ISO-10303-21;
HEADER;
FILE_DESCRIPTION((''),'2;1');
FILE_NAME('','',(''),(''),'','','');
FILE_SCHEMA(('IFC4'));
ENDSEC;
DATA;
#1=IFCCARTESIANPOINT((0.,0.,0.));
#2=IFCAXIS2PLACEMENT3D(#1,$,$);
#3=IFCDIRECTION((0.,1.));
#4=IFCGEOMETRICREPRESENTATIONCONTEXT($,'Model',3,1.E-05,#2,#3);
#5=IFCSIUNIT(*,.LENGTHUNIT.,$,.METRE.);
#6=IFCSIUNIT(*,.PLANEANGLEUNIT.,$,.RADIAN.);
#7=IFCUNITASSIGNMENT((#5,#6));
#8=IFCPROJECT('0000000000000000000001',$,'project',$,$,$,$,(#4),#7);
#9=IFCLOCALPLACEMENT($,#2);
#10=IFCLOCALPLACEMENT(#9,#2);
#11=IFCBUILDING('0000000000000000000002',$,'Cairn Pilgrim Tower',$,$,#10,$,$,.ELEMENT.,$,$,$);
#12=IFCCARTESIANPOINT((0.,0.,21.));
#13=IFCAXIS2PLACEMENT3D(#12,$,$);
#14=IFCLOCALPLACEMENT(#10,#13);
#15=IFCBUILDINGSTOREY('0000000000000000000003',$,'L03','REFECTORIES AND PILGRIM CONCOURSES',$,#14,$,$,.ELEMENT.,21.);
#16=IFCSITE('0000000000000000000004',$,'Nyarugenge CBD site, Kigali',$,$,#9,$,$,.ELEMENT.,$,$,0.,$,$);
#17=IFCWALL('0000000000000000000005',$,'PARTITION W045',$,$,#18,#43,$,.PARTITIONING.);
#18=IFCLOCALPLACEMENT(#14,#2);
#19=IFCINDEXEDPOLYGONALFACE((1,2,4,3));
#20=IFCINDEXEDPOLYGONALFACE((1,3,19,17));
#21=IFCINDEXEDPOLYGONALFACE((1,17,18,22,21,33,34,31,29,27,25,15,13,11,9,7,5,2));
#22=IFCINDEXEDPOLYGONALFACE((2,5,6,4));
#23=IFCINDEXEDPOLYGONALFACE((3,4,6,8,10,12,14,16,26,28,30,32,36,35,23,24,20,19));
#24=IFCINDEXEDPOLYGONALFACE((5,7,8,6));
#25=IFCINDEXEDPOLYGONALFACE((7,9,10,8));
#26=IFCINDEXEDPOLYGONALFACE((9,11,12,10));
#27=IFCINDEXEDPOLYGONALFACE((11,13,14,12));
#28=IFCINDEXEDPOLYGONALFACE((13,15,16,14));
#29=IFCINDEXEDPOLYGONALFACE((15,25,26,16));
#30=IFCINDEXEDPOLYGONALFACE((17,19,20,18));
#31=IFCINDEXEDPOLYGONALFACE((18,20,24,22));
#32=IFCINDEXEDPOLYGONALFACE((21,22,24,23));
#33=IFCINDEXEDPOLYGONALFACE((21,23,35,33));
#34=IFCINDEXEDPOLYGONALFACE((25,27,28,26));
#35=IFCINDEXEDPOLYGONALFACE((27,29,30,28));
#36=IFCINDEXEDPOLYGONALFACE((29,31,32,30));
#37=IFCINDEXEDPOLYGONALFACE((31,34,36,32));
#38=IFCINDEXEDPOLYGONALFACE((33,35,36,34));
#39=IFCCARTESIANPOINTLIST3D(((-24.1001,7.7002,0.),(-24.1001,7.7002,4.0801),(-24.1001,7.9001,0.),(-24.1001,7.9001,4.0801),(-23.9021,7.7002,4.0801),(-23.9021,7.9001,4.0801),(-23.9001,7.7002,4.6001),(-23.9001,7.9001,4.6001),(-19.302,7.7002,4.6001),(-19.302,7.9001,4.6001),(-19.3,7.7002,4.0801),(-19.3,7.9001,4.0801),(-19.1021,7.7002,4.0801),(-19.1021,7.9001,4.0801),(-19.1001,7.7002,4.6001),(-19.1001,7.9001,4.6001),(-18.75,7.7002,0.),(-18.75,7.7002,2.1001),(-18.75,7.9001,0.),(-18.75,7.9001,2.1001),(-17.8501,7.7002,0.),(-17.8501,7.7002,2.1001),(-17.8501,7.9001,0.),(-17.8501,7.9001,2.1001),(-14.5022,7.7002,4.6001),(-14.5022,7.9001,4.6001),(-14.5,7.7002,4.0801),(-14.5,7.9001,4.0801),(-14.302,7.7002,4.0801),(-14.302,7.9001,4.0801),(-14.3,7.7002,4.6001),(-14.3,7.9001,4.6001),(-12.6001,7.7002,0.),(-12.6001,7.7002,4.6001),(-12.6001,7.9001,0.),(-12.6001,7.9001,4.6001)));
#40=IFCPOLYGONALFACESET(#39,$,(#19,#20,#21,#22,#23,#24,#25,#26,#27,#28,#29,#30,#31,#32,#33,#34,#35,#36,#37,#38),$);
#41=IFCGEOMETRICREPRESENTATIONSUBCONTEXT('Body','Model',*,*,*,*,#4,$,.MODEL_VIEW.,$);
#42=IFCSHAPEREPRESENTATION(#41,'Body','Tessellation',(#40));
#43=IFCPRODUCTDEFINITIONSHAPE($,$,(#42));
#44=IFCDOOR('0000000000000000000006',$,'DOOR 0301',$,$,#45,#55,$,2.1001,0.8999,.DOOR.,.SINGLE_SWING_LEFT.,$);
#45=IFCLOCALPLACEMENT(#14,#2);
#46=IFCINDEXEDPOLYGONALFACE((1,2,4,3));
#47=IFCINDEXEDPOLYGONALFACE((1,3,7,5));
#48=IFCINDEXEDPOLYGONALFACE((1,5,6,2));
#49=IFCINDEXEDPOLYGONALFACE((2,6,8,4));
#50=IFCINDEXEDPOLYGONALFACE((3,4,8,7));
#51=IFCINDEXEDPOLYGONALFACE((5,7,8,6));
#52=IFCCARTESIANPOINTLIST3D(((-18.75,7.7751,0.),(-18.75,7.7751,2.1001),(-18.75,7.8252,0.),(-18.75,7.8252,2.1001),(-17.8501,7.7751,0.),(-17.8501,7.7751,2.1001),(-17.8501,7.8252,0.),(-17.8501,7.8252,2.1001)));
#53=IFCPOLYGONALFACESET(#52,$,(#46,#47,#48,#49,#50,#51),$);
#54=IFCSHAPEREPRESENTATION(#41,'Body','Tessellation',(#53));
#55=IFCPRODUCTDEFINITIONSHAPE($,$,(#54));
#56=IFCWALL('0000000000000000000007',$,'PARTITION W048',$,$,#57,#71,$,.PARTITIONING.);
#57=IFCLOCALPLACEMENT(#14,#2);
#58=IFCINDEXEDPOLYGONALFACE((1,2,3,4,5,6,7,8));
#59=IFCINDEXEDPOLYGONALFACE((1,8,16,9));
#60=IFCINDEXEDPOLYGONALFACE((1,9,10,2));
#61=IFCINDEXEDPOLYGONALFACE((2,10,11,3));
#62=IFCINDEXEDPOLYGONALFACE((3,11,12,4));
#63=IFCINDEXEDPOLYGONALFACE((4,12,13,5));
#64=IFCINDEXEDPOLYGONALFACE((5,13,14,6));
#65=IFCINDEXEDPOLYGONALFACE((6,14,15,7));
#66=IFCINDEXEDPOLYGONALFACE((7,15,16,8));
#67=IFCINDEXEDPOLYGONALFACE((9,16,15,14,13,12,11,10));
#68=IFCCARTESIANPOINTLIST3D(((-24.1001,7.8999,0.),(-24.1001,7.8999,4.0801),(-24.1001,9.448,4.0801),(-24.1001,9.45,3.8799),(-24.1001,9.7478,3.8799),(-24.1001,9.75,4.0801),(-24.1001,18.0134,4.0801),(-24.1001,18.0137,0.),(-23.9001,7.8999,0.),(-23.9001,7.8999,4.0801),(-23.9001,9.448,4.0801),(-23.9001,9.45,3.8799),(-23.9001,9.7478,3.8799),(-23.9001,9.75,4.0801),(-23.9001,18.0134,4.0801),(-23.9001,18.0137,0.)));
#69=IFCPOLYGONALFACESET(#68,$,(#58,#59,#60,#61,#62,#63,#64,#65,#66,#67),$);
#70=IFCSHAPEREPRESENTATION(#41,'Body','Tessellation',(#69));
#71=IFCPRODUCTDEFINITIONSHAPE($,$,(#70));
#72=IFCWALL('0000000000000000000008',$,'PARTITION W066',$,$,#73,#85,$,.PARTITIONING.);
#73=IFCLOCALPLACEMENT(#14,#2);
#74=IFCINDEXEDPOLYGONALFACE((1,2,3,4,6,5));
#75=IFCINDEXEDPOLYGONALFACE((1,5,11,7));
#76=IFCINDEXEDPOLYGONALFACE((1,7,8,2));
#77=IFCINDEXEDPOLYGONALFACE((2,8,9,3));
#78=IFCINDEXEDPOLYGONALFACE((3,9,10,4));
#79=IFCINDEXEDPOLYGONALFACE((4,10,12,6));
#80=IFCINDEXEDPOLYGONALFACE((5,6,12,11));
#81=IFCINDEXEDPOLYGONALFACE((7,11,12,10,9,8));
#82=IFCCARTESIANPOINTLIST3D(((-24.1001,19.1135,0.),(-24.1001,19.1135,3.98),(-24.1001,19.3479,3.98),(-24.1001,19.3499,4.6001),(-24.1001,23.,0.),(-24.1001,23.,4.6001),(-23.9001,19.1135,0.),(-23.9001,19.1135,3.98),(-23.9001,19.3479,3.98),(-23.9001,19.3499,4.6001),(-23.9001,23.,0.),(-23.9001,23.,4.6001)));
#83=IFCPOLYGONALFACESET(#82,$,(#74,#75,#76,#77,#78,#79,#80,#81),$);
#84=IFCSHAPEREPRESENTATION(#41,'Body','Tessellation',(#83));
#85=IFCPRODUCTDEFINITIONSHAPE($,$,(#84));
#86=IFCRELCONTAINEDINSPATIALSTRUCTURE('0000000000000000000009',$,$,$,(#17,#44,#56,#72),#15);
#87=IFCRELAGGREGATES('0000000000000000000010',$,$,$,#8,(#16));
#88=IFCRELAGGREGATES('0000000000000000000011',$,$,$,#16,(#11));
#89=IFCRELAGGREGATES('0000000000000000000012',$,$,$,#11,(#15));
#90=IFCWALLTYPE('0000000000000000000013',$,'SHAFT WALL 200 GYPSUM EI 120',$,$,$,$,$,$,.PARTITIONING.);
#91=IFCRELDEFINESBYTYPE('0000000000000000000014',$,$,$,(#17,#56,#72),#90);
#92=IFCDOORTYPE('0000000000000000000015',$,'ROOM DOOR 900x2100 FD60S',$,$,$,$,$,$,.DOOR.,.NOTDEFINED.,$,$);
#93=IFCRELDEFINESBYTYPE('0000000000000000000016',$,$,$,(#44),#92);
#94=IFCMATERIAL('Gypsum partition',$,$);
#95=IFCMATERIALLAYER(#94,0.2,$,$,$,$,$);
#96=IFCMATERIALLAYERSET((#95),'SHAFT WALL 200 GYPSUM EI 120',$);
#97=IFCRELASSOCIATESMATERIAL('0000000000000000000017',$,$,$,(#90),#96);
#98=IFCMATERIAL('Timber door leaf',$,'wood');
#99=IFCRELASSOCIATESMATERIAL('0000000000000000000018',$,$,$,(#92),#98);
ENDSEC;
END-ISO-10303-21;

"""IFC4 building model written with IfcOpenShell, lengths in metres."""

from ifc_helpers import new_model, si_unit, direction, frame, frame_2d, origin, place, context, subcontext, project, spatial, polyline, rectangle, outline, extrude, material, layer, layer_set, type_object, element, fill, save


model = new_model("IFC4")

# Units and contexts
model_context = context("Model", 3, precision=1e-05, world=origin(), true_north=direction((0.0, 1.0)))
body_context = subcontext(model_context, "Body", "Model", "MODEL_VIEW")
ifc_project = project(units=[si_unit("LENGTHUNIT", "METRE"), si_unit("PLANEANGLEUNIT", "RADIAN")], contexts=[model_context])

# Site, building, storey
site_placement = place(None, origin())
site = spatial("IfcSite", under=ifc_project, at=site_placement, Name="Nyarugenge CBD site, Kigali", CompositionType="ELEMENT", RefElevation=0.0)
building_placement = place(site_placement, origin())
building = spatial("IfcBuilding", under=site, at=building_placement, Name="Cairn Pilgrim Tower", CompositionType="ELEMENT")
storey_placement = place(building_placement, frame((0.0, 0.0, 21.0)))
storey = spatial("IfcBuildingStorey", under=building, at=storey_placement, Name="L03", Description="REFECTORIES AND PILGRIM CONCOURSES", CompositionType="ELEMENT", Elevation=21.0)

# Shared definitions
ifc_material_1 = material(Name="Gypsum partition")
ifc_material_2 = material(Name="Timber door leaf", Category="wood")

# Wall, opening, door
ifc_layer_1 = layer(ifc_material_1, 0.2)
ifc_layer_set_1 = layer_set([ifc_layer_1], Name="SHAFT WALL 200 GYPSUM EI 120")
wall_type_1 = type_object("IfcWallType", Name="SHAFT WALL 200 GYPSUM EI 120", PredefinedType="PARTITIONING", material=ifc_layer_set_1)
wall_1_placement = place(storey_placement, frame((-24.1001, 7.8, 0.0), z_axis=(0.0, 0.0, 1.0), x_axis=(1.0, 0.0, 0.0)))
wall_1 = element("IfcWall", 1, at=wall_1_placement, inside=storey, type_object=wall_type_1, Name="PARTITION W045", PredefinedType="PARTITIONING", context=body_context, shape_type="SweptSolid", body=[
    extrude(outline(polyline([(0.0, 0.0), (11.5, 0.0), (11.5, 4.6001), (9.8, 4.6001), (9.7981, 4.0801), (9.6001, 4.0801), (9.5979, 4.6001), (5.0, 4.6001), (4.998, 4.0801), (4.8, 4.0801), (4.7981, 4.6001), (0.2, 4.6001), (0.198, 4.0801), (0.0, 4.0801), (0.0, 0.0)])), frame((0.0, 0.1001, 0.0), z_axis=(0.0, -1.0, 0.0), x_axis=(1.0, 0.0, 0.0)), (0.0, 0.0, 1.0), 0.2),
])
opening_1_placement = place(wall_1_placement, frame((5.3501, 0.0, 0.0)))
opening_1 = element("IfcOpeningElement", 2, at=opening_1_placement, cuts=wall_1, PredefinedType="OPENING", context=body_context, shape_type="SweptSolid", body=[
    extrude(rectangle(XDim=0.8999, YDim=2.1001, at=frame_2d((0.45, 1.05))), frame((0.0, 0.1099, 0.0), z_axis=(0.0, -1.0, 0.0), x_axis=(1.0, 0.0, 0.0)), (0.0, 0.0, 1.0), 0.22),
])
door_type_1 = type_object("IfcDoorType", Name="ROOM DOOR 900x2100 FD60S", OperationType="NOTDEFINED", PredefinedType="DOOR", material=ifc_material_2)
door_1_placement = place(opening_1_placement, frame((0.8999, 0.0, 0.0), z_axis=(0.0, 0.0, 1.0), x_axis=(-1.0, 0.0, 0.0)))
door_1 = element("IfcDoor", 3, at=door_1_placement, inside=storey, type_object=door_type_1, Name="DOOR 0301", OperationType="SINGLE_SWING_LEFT", OverallHeight=2.1001, OverallWidth=0.8999, PredefinedType="DOOR", context=body_context, shape_type="SweptSolid", body=[
    extrude(rectangle(XDim=0.8999, YDim=2.1001, at=frame_2d((0.45, 1.05))), frame((0.0, 0.0249, 0.0), z_axis=(0.0, -1.0, 0.0), x_axis=(1.0, 0.0, 0.0)), (0.0, 0.0, 1.0), 0.05),
])
fill(opening_1, door_1)

# Walls
wall_2_placement = place(storey_placement, frame((-24.0, 7.8999, 0.0), z_axis=(0.0, 0.0, 1.0), x_axis=(0.0, 1.0, 0.0)))
element("IfcWall", 4, at=wall_2_placement, inside=storey, type_object=wall_type_1, Name="PARTITION W048", PredefinedType="PARTITIONING", context=body_context, shape_type="SweptSolid", body=[
    extrude(outline(polyline([(0.0, 0.0), (10.1138, 0.0), (10.1135, 4.0801), (1.8501, 4.0801), (1.8479, 3.8799), (1.55, 3.8799), (1.5481, 4.0801), (0.0, 4.0801), (0.0, 0.0)])), frame((0.0, 0.1001, 0.0), z_axis=(0.0, -1.0, 0.0), x_axis=(1.0, 0.0, 0.0)), (0.0, 0.0, 1.0), 0.2),
])
wall_3_placement = place(storey_placement, frame((-24.0, 19.1135, 0.0), z_axis=(0.0, 0.0, 1.0), x_axis=(0.0, 1.0, 0.0)))
element("IfcWall", 5, at=wall_3_placement, inside=storey, type_object=wall_type_1, Name="PARTITION W066", PredefinedType="PARTITIONING", context=body_context, shape_type="SweptSolid", body=[
    extrude(outline(polyline([(0.0, 0.0), (3.8865, 0.0), (3.8865, 4.6001), (0.2363, 4.6001), (0.2344, 3.98), (0.0, 3.98), (0.0, 0.0)])), frame((0.0, 0.1001, 0.0), z_axis=(0.0, -1.0, 0.0), x_axis=(1.0, 0.0, 0.0)), (0.0, 0.0, 1.0), 0.2),
])

save(model, "model.ifc")
